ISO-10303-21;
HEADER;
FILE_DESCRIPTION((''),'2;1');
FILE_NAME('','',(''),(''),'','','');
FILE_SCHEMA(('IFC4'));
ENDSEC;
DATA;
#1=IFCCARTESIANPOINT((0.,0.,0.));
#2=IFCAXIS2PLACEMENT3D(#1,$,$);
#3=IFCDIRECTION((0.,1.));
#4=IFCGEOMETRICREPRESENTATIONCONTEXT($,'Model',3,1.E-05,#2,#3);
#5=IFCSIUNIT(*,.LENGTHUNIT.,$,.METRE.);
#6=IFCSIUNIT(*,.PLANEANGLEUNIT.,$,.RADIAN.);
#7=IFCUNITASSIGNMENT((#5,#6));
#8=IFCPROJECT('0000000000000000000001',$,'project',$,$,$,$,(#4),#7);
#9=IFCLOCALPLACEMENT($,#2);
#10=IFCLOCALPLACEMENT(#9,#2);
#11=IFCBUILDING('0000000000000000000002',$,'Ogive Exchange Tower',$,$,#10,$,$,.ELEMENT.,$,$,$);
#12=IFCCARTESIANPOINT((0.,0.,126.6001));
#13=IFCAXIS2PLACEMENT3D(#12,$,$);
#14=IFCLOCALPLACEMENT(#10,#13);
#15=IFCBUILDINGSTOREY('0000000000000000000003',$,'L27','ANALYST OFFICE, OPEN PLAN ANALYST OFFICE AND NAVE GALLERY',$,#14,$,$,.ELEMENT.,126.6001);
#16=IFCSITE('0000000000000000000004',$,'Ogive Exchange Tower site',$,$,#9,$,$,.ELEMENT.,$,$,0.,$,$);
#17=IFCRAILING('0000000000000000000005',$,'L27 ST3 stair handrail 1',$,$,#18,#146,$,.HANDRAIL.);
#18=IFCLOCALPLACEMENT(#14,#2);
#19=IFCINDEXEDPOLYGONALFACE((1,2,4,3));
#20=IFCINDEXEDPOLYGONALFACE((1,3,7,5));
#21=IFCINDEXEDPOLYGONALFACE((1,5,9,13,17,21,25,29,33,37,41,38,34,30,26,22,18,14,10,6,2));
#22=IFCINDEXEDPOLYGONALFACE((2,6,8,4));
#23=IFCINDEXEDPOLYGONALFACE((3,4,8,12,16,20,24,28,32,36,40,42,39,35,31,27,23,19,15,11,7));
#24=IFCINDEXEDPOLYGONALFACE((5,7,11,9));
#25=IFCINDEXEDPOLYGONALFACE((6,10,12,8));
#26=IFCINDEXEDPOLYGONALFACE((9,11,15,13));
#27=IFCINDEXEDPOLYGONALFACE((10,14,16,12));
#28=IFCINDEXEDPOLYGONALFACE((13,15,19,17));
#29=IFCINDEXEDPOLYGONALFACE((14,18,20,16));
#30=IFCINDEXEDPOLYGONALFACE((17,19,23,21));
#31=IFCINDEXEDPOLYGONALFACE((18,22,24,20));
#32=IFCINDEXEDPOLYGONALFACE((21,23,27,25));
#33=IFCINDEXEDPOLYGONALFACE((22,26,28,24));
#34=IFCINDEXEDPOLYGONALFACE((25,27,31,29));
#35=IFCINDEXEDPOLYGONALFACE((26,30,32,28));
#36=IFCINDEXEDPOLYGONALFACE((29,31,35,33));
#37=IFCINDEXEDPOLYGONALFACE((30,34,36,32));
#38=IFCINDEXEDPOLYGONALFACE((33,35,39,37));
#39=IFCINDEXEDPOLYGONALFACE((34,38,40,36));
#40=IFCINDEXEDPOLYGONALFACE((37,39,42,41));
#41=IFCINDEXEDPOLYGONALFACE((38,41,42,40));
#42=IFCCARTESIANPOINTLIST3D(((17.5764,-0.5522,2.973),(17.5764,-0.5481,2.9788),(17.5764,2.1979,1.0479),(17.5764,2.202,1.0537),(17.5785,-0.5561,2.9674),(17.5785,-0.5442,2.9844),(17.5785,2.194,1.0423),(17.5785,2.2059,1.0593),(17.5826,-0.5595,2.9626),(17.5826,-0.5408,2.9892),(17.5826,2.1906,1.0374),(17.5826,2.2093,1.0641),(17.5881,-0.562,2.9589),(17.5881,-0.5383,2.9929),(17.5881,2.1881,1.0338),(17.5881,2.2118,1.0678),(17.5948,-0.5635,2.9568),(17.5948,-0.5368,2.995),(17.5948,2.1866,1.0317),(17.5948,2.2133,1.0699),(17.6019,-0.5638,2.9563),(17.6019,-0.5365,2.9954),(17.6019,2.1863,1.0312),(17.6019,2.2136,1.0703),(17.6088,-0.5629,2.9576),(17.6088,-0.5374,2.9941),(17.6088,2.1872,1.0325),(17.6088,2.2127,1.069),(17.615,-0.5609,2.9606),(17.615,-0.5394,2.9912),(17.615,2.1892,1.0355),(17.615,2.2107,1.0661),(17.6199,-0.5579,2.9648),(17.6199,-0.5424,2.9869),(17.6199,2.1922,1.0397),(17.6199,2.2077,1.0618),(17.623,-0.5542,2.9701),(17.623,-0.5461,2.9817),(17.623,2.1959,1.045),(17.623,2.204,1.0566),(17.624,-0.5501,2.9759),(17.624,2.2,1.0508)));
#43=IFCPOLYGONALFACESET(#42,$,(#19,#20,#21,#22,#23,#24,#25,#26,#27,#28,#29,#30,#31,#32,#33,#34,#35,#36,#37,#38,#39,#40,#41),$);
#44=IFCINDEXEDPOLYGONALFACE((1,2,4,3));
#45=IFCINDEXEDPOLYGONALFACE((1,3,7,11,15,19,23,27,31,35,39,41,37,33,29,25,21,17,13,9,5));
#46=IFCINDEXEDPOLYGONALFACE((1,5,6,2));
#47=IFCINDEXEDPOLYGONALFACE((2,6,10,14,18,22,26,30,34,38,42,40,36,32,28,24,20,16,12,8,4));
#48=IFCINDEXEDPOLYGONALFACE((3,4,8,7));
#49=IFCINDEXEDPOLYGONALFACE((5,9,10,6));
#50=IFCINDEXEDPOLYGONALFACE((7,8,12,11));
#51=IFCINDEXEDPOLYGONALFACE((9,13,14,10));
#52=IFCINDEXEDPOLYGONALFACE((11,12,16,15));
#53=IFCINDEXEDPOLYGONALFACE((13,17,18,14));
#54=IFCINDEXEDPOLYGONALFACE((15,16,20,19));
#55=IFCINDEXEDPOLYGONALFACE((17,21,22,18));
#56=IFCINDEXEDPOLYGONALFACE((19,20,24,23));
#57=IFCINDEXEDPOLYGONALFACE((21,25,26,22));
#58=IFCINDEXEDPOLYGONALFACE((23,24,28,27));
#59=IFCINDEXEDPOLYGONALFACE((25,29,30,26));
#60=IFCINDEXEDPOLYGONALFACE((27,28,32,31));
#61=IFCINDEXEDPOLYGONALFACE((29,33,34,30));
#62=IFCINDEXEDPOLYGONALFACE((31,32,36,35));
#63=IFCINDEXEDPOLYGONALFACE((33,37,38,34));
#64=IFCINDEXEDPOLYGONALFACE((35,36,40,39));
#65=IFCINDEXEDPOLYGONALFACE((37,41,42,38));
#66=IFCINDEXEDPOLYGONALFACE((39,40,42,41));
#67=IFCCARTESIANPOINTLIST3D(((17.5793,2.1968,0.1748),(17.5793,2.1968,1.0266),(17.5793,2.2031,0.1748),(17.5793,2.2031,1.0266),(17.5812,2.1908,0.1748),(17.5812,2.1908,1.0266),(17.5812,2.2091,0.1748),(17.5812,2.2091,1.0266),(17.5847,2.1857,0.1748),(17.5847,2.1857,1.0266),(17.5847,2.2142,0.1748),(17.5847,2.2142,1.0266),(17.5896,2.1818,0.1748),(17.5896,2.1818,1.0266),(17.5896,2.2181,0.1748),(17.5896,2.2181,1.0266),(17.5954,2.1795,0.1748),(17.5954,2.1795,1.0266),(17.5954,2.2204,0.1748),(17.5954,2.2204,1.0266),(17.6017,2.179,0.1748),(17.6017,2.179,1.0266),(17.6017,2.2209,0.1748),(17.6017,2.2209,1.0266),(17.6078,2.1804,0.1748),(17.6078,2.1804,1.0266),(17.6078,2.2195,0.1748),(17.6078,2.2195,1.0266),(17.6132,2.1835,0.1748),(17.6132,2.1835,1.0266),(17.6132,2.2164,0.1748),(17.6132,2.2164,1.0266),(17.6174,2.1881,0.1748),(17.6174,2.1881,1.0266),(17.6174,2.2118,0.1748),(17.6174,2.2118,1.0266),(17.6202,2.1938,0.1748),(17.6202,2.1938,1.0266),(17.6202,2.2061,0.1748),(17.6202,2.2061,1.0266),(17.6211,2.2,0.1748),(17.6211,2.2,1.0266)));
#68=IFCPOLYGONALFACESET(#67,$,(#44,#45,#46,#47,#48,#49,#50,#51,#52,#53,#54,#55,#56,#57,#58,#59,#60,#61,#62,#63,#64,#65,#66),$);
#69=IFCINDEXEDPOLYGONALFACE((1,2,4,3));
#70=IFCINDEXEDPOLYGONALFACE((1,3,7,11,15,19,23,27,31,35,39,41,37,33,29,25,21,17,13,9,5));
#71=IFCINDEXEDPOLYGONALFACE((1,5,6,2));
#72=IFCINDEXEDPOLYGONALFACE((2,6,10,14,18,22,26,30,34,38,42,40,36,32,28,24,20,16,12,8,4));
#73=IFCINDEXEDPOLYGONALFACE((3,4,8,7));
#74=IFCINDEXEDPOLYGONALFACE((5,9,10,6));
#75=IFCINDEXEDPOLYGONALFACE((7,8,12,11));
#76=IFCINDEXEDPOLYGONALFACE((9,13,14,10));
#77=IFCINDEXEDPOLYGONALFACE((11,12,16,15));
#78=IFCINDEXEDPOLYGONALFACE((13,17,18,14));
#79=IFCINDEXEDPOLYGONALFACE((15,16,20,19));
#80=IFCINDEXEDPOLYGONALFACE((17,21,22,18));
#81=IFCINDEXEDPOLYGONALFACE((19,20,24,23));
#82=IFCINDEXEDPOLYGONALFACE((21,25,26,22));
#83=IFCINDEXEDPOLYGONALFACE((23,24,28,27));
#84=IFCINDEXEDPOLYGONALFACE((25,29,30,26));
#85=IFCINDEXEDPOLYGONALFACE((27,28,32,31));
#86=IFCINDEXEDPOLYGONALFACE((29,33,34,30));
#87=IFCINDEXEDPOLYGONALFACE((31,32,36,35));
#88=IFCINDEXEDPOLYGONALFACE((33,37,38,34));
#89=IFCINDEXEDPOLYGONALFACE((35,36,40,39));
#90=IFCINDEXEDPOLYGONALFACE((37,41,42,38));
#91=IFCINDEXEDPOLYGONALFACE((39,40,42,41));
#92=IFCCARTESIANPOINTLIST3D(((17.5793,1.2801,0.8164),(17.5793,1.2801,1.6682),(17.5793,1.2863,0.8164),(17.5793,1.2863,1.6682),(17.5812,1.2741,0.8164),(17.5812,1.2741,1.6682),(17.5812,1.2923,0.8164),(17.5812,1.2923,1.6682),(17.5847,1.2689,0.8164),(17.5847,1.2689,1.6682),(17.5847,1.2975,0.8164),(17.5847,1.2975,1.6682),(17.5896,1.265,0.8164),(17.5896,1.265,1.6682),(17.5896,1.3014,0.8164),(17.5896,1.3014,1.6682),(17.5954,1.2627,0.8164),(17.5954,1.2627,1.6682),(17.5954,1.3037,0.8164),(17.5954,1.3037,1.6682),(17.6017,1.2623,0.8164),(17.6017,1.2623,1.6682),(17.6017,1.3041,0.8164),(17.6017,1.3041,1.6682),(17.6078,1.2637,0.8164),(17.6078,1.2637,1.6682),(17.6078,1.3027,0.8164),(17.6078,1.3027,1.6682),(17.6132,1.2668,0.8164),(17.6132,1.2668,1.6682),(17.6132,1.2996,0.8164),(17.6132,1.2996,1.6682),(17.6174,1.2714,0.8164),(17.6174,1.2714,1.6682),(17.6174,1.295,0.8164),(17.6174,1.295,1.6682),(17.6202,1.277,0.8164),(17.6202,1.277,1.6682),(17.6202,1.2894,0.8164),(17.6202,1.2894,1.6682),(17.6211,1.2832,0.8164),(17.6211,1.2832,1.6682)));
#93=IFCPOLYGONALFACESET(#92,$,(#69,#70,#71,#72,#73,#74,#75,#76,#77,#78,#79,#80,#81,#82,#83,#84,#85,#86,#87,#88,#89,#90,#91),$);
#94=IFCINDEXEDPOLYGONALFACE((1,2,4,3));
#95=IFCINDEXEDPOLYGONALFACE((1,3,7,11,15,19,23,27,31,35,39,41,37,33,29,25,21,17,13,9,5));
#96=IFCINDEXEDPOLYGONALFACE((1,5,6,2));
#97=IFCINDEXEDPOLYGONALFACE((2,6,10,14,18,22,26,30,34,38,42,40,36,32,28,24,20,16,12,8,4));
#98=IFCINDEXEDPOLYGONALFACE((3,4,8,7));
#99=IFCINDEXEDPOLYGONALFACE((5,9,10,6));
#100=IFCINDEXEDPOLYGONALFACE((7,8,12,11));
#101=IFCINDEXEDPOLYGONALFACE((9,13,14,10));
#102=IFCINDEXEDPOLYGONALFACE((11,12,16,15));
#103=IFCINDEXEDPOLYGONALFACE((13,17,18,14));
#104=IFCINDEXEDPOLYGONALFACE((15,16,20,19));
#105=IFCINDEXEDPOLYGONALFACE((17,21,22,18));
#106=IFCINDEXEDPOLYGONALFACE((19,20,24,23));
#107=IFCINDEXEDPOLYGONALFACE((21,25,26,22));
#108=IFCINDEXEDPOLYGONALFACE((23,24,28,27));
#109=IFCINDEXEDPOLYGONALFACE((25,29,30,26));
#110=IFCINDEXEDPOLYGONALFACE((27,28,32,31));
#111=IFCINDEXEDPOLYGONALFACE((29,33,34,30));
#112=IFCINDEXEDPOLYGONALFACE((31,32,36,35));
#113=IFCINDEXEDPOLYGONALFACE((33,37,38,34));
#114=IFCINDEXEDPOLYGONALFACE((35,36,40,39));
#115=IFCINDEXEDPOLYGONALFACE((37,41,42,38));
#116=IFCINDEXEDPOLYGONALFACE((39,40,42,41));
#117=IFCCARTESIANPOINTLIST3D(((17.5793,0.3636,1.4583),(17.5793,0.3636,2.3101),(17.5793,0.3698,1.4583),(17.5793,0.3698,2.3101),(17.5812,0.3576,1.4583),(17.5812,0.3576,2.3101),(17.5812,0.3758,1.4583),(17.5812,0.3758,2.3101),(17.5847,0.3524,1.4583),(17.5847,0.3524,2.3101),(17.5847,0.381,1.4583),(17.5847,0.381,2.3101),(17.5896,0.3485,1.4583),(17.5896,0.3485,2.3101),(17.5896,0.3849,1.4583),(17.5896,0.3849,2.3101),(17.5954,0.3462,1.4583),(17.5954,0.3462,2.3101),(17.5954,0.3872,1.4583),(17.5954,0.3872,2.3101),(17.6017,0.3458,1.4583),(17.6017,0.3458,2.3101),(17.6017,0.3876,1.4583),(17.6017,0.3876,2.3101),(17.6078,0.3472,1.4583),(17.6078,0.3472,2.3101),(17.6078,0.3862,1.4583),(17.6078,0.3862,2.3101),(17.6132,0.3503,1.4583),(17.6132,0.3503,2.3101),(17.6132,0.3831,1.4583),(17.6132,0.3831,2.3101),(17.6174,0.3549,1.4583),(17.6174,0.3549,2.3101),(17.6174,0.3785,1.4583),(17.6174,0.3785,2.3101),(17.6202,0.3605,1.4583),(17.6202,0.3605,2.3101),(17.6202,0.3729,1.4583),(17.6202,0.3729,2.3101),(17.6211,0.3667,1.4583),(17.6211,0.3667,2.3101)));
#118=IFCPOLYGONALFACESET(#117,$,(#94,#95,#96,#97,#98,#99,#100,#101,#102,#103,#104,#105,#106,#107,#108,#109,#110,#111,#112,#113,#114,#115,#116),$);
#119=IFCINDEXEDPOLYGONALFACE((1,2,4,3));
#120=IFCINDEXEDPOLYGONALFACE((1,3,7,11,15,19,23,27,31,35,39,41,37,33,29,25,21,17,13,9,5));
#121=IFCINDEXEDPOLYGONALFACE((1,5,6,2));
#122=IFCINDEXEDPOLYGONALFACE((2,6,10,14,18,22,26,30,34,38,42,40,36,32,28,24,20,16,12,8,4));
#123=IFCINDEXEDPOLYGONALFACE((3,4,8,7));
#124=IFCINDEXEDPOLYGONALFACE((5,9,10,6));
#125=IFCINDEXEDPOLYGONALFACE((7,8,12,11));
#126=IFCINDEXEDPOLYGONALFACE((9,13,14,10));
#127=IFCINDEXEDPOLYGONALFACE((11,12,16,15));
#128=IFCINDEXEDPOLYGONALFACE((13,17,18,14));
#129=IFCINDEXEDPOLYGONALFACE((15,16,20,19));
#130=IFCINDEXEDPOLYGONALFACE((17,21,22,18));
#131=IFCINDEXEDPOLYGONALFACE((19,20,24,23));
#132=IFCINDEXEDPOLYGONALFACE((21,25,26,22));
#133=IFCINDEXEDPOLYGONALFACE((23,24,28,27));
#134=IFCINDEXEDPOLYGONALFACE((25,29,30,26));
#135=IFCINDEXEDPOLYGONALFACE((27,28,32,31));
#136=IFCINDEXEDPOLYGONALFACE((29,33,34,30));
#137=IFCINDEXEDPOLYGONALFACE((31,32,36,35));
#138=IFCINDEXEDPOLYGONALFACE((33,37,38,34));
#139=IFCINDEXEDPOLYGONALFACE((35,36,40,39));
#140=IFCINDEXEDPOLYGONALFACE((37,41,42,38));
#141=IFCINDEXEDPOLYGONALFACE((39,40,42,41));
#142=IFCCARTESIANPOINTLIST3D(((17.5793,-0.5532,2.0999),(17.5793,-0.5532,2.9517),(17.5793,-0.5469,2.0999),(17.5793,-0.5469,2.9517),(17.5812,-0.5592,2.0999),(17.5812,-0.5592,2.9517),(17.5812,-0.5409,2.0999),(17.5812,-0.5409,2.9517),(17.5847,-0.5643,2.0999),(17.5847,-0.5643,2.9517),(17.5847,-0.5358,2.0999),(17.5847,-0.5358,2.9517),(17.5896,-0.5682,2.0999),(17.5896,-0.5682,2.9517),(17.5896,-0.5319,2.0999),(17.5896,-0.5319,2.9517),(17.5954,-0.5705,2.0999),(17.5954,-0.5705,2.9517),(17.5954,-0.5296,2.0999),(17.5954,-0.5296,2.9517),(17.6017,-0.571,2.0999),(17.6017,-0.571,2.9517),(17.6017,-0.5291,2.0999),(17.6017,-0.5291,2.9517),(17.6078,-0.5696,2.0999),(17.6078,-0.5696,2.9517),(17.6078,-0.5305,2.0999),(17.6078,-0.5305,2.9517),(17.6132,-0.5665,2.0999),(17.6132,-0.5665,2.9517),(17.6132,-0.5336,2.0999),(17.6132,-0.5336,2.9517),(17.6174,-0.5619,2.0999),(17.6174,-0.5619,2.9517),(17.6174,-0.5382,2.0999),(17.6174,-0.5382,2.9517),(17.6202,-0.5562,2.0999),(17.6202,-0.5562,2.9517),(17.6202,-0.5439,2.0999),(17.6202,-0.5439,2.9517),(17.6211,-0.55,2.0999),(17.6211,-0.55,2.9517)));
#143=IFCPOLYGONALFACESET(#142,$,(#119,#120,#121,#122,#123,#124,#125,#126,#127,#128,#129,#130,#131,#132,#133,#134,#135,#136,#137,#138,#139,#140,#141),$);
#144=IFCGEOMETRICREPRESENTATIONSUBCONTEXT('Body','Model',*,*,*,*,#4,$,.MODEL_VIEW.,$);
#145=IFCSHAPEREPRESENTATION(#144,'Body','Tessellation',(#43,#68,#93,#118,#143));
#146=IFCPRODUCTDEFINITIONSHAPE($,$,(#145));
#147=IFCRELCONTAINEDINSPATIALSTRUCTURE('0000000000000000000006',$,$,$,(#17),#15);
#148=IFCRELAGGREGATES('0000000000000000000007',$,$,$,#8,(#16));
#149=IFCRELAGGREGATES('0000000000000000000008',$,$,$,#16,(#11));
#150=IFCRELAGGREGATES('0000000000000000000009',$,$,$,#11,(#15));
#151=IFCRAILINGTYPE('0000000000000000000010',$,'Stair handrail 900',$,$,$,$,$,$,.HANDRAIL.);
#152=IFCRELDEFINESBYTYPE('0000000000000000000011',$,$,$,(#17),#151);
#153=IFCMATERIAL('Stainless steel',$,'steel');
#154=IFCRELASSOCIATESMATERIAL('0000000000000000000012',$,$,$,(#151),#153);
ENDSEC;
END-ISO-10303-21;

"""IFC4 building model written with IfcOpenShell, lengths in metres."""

from ifc_helpers import new_model, si_unit, direction, frame, origin, origin_2d, place, context, subcontext, project, spatial, circle, extrude, material, type_object, element, save


model = new_model("IFC4")

# Units and contexts
model_context = context("Model", 3, precision=1e-05, world=origin(), true_north=direction((0.0, 1.0)))
body_context = subcontext(model_context, "Body", "Model", "MODEL_VIEW")
ifc_project = project(units=[si_unit("LENGTHUNIT", "METRE"), si_unit("PLANEANGLEUNIT", "RADIAN")], contexts=[model_context])

# Site, building, storey
site_placement = place(None, origin())
site = spatial("IfcSite", under=ifc_project, at=site_placement, Name="Ogive Exchange Tower site", CompositionType="ELEMENT", RefElevation=0.0)
building_placement = place(site_placement, origin())
building = spatial("IfcBuilding", under=site, at=building_placement, Name="Ogive Exchange Tower", CompositionType="ELEMENT")
storey_placement = place(building_placement, frame((0.0, 0.0, 126.6001)))
storey = spatial("IfcBuildingStorey", under=building, at=storey_placement, Name="L27", Description="ANALYST OFFICE, OPEN PLAN ANALYST OFFICE AND NAVE GALLERY", CompositionType="ELEMENT", Elevation=126.6001)

# Shared definitions
ifc_material_1 = material(Name="Stainless steel", Category="steel")

# Railing
railing_type = type_object("IfcRailingType", Name="Stair handrail 900", PredefinedType="HANDRAIL", material=ifc_material_1)
railing_1_placement = place(storey_placement, frame((17.6001, 2.2, 0.1748)))
element("IfcRailing", 1, at=railing_1_placement, inside=storey, type_object=railing_type, Name="L27 ST3 stair handrail 1", PredefinedType="HANDRAIL", context=body_context, shape_type="SweptSolid", body=[
    extrude(circle(Radius=0.0239, at=origin_2d()), frame((0.0, 0.0, 0.876), z_axis=(0.0, -0.819225, 0.573472), x_axis=(1.0, 0.0, 0.0)), (0.0, 0.0, 1.0), 3.3569),
    extrude(circle(Radius=0.021, at=origin_2d()), origin(), (0.0, 0.0, 1.0), 0.8518),
    extrude(circle(Radius=0.021, at=origin_2d()), frame((0.0, -0.9167, 0.6416)), (0.0, 0.0, 1.0), 0.8518),
    extrude(circle(Radius=0.021, at=origin_2d()), frame((0.0, -1.8333, 1.2834)), (0.0, 0.0, 1.0), 0.8518),
    extrude(circle(Radius=0.021, at=origin_2d()), frame((0.0, -2.75, 1.925)), (0.0, 0.0, 1.0), 0.8518),
])

save(model, "model.ifc")
